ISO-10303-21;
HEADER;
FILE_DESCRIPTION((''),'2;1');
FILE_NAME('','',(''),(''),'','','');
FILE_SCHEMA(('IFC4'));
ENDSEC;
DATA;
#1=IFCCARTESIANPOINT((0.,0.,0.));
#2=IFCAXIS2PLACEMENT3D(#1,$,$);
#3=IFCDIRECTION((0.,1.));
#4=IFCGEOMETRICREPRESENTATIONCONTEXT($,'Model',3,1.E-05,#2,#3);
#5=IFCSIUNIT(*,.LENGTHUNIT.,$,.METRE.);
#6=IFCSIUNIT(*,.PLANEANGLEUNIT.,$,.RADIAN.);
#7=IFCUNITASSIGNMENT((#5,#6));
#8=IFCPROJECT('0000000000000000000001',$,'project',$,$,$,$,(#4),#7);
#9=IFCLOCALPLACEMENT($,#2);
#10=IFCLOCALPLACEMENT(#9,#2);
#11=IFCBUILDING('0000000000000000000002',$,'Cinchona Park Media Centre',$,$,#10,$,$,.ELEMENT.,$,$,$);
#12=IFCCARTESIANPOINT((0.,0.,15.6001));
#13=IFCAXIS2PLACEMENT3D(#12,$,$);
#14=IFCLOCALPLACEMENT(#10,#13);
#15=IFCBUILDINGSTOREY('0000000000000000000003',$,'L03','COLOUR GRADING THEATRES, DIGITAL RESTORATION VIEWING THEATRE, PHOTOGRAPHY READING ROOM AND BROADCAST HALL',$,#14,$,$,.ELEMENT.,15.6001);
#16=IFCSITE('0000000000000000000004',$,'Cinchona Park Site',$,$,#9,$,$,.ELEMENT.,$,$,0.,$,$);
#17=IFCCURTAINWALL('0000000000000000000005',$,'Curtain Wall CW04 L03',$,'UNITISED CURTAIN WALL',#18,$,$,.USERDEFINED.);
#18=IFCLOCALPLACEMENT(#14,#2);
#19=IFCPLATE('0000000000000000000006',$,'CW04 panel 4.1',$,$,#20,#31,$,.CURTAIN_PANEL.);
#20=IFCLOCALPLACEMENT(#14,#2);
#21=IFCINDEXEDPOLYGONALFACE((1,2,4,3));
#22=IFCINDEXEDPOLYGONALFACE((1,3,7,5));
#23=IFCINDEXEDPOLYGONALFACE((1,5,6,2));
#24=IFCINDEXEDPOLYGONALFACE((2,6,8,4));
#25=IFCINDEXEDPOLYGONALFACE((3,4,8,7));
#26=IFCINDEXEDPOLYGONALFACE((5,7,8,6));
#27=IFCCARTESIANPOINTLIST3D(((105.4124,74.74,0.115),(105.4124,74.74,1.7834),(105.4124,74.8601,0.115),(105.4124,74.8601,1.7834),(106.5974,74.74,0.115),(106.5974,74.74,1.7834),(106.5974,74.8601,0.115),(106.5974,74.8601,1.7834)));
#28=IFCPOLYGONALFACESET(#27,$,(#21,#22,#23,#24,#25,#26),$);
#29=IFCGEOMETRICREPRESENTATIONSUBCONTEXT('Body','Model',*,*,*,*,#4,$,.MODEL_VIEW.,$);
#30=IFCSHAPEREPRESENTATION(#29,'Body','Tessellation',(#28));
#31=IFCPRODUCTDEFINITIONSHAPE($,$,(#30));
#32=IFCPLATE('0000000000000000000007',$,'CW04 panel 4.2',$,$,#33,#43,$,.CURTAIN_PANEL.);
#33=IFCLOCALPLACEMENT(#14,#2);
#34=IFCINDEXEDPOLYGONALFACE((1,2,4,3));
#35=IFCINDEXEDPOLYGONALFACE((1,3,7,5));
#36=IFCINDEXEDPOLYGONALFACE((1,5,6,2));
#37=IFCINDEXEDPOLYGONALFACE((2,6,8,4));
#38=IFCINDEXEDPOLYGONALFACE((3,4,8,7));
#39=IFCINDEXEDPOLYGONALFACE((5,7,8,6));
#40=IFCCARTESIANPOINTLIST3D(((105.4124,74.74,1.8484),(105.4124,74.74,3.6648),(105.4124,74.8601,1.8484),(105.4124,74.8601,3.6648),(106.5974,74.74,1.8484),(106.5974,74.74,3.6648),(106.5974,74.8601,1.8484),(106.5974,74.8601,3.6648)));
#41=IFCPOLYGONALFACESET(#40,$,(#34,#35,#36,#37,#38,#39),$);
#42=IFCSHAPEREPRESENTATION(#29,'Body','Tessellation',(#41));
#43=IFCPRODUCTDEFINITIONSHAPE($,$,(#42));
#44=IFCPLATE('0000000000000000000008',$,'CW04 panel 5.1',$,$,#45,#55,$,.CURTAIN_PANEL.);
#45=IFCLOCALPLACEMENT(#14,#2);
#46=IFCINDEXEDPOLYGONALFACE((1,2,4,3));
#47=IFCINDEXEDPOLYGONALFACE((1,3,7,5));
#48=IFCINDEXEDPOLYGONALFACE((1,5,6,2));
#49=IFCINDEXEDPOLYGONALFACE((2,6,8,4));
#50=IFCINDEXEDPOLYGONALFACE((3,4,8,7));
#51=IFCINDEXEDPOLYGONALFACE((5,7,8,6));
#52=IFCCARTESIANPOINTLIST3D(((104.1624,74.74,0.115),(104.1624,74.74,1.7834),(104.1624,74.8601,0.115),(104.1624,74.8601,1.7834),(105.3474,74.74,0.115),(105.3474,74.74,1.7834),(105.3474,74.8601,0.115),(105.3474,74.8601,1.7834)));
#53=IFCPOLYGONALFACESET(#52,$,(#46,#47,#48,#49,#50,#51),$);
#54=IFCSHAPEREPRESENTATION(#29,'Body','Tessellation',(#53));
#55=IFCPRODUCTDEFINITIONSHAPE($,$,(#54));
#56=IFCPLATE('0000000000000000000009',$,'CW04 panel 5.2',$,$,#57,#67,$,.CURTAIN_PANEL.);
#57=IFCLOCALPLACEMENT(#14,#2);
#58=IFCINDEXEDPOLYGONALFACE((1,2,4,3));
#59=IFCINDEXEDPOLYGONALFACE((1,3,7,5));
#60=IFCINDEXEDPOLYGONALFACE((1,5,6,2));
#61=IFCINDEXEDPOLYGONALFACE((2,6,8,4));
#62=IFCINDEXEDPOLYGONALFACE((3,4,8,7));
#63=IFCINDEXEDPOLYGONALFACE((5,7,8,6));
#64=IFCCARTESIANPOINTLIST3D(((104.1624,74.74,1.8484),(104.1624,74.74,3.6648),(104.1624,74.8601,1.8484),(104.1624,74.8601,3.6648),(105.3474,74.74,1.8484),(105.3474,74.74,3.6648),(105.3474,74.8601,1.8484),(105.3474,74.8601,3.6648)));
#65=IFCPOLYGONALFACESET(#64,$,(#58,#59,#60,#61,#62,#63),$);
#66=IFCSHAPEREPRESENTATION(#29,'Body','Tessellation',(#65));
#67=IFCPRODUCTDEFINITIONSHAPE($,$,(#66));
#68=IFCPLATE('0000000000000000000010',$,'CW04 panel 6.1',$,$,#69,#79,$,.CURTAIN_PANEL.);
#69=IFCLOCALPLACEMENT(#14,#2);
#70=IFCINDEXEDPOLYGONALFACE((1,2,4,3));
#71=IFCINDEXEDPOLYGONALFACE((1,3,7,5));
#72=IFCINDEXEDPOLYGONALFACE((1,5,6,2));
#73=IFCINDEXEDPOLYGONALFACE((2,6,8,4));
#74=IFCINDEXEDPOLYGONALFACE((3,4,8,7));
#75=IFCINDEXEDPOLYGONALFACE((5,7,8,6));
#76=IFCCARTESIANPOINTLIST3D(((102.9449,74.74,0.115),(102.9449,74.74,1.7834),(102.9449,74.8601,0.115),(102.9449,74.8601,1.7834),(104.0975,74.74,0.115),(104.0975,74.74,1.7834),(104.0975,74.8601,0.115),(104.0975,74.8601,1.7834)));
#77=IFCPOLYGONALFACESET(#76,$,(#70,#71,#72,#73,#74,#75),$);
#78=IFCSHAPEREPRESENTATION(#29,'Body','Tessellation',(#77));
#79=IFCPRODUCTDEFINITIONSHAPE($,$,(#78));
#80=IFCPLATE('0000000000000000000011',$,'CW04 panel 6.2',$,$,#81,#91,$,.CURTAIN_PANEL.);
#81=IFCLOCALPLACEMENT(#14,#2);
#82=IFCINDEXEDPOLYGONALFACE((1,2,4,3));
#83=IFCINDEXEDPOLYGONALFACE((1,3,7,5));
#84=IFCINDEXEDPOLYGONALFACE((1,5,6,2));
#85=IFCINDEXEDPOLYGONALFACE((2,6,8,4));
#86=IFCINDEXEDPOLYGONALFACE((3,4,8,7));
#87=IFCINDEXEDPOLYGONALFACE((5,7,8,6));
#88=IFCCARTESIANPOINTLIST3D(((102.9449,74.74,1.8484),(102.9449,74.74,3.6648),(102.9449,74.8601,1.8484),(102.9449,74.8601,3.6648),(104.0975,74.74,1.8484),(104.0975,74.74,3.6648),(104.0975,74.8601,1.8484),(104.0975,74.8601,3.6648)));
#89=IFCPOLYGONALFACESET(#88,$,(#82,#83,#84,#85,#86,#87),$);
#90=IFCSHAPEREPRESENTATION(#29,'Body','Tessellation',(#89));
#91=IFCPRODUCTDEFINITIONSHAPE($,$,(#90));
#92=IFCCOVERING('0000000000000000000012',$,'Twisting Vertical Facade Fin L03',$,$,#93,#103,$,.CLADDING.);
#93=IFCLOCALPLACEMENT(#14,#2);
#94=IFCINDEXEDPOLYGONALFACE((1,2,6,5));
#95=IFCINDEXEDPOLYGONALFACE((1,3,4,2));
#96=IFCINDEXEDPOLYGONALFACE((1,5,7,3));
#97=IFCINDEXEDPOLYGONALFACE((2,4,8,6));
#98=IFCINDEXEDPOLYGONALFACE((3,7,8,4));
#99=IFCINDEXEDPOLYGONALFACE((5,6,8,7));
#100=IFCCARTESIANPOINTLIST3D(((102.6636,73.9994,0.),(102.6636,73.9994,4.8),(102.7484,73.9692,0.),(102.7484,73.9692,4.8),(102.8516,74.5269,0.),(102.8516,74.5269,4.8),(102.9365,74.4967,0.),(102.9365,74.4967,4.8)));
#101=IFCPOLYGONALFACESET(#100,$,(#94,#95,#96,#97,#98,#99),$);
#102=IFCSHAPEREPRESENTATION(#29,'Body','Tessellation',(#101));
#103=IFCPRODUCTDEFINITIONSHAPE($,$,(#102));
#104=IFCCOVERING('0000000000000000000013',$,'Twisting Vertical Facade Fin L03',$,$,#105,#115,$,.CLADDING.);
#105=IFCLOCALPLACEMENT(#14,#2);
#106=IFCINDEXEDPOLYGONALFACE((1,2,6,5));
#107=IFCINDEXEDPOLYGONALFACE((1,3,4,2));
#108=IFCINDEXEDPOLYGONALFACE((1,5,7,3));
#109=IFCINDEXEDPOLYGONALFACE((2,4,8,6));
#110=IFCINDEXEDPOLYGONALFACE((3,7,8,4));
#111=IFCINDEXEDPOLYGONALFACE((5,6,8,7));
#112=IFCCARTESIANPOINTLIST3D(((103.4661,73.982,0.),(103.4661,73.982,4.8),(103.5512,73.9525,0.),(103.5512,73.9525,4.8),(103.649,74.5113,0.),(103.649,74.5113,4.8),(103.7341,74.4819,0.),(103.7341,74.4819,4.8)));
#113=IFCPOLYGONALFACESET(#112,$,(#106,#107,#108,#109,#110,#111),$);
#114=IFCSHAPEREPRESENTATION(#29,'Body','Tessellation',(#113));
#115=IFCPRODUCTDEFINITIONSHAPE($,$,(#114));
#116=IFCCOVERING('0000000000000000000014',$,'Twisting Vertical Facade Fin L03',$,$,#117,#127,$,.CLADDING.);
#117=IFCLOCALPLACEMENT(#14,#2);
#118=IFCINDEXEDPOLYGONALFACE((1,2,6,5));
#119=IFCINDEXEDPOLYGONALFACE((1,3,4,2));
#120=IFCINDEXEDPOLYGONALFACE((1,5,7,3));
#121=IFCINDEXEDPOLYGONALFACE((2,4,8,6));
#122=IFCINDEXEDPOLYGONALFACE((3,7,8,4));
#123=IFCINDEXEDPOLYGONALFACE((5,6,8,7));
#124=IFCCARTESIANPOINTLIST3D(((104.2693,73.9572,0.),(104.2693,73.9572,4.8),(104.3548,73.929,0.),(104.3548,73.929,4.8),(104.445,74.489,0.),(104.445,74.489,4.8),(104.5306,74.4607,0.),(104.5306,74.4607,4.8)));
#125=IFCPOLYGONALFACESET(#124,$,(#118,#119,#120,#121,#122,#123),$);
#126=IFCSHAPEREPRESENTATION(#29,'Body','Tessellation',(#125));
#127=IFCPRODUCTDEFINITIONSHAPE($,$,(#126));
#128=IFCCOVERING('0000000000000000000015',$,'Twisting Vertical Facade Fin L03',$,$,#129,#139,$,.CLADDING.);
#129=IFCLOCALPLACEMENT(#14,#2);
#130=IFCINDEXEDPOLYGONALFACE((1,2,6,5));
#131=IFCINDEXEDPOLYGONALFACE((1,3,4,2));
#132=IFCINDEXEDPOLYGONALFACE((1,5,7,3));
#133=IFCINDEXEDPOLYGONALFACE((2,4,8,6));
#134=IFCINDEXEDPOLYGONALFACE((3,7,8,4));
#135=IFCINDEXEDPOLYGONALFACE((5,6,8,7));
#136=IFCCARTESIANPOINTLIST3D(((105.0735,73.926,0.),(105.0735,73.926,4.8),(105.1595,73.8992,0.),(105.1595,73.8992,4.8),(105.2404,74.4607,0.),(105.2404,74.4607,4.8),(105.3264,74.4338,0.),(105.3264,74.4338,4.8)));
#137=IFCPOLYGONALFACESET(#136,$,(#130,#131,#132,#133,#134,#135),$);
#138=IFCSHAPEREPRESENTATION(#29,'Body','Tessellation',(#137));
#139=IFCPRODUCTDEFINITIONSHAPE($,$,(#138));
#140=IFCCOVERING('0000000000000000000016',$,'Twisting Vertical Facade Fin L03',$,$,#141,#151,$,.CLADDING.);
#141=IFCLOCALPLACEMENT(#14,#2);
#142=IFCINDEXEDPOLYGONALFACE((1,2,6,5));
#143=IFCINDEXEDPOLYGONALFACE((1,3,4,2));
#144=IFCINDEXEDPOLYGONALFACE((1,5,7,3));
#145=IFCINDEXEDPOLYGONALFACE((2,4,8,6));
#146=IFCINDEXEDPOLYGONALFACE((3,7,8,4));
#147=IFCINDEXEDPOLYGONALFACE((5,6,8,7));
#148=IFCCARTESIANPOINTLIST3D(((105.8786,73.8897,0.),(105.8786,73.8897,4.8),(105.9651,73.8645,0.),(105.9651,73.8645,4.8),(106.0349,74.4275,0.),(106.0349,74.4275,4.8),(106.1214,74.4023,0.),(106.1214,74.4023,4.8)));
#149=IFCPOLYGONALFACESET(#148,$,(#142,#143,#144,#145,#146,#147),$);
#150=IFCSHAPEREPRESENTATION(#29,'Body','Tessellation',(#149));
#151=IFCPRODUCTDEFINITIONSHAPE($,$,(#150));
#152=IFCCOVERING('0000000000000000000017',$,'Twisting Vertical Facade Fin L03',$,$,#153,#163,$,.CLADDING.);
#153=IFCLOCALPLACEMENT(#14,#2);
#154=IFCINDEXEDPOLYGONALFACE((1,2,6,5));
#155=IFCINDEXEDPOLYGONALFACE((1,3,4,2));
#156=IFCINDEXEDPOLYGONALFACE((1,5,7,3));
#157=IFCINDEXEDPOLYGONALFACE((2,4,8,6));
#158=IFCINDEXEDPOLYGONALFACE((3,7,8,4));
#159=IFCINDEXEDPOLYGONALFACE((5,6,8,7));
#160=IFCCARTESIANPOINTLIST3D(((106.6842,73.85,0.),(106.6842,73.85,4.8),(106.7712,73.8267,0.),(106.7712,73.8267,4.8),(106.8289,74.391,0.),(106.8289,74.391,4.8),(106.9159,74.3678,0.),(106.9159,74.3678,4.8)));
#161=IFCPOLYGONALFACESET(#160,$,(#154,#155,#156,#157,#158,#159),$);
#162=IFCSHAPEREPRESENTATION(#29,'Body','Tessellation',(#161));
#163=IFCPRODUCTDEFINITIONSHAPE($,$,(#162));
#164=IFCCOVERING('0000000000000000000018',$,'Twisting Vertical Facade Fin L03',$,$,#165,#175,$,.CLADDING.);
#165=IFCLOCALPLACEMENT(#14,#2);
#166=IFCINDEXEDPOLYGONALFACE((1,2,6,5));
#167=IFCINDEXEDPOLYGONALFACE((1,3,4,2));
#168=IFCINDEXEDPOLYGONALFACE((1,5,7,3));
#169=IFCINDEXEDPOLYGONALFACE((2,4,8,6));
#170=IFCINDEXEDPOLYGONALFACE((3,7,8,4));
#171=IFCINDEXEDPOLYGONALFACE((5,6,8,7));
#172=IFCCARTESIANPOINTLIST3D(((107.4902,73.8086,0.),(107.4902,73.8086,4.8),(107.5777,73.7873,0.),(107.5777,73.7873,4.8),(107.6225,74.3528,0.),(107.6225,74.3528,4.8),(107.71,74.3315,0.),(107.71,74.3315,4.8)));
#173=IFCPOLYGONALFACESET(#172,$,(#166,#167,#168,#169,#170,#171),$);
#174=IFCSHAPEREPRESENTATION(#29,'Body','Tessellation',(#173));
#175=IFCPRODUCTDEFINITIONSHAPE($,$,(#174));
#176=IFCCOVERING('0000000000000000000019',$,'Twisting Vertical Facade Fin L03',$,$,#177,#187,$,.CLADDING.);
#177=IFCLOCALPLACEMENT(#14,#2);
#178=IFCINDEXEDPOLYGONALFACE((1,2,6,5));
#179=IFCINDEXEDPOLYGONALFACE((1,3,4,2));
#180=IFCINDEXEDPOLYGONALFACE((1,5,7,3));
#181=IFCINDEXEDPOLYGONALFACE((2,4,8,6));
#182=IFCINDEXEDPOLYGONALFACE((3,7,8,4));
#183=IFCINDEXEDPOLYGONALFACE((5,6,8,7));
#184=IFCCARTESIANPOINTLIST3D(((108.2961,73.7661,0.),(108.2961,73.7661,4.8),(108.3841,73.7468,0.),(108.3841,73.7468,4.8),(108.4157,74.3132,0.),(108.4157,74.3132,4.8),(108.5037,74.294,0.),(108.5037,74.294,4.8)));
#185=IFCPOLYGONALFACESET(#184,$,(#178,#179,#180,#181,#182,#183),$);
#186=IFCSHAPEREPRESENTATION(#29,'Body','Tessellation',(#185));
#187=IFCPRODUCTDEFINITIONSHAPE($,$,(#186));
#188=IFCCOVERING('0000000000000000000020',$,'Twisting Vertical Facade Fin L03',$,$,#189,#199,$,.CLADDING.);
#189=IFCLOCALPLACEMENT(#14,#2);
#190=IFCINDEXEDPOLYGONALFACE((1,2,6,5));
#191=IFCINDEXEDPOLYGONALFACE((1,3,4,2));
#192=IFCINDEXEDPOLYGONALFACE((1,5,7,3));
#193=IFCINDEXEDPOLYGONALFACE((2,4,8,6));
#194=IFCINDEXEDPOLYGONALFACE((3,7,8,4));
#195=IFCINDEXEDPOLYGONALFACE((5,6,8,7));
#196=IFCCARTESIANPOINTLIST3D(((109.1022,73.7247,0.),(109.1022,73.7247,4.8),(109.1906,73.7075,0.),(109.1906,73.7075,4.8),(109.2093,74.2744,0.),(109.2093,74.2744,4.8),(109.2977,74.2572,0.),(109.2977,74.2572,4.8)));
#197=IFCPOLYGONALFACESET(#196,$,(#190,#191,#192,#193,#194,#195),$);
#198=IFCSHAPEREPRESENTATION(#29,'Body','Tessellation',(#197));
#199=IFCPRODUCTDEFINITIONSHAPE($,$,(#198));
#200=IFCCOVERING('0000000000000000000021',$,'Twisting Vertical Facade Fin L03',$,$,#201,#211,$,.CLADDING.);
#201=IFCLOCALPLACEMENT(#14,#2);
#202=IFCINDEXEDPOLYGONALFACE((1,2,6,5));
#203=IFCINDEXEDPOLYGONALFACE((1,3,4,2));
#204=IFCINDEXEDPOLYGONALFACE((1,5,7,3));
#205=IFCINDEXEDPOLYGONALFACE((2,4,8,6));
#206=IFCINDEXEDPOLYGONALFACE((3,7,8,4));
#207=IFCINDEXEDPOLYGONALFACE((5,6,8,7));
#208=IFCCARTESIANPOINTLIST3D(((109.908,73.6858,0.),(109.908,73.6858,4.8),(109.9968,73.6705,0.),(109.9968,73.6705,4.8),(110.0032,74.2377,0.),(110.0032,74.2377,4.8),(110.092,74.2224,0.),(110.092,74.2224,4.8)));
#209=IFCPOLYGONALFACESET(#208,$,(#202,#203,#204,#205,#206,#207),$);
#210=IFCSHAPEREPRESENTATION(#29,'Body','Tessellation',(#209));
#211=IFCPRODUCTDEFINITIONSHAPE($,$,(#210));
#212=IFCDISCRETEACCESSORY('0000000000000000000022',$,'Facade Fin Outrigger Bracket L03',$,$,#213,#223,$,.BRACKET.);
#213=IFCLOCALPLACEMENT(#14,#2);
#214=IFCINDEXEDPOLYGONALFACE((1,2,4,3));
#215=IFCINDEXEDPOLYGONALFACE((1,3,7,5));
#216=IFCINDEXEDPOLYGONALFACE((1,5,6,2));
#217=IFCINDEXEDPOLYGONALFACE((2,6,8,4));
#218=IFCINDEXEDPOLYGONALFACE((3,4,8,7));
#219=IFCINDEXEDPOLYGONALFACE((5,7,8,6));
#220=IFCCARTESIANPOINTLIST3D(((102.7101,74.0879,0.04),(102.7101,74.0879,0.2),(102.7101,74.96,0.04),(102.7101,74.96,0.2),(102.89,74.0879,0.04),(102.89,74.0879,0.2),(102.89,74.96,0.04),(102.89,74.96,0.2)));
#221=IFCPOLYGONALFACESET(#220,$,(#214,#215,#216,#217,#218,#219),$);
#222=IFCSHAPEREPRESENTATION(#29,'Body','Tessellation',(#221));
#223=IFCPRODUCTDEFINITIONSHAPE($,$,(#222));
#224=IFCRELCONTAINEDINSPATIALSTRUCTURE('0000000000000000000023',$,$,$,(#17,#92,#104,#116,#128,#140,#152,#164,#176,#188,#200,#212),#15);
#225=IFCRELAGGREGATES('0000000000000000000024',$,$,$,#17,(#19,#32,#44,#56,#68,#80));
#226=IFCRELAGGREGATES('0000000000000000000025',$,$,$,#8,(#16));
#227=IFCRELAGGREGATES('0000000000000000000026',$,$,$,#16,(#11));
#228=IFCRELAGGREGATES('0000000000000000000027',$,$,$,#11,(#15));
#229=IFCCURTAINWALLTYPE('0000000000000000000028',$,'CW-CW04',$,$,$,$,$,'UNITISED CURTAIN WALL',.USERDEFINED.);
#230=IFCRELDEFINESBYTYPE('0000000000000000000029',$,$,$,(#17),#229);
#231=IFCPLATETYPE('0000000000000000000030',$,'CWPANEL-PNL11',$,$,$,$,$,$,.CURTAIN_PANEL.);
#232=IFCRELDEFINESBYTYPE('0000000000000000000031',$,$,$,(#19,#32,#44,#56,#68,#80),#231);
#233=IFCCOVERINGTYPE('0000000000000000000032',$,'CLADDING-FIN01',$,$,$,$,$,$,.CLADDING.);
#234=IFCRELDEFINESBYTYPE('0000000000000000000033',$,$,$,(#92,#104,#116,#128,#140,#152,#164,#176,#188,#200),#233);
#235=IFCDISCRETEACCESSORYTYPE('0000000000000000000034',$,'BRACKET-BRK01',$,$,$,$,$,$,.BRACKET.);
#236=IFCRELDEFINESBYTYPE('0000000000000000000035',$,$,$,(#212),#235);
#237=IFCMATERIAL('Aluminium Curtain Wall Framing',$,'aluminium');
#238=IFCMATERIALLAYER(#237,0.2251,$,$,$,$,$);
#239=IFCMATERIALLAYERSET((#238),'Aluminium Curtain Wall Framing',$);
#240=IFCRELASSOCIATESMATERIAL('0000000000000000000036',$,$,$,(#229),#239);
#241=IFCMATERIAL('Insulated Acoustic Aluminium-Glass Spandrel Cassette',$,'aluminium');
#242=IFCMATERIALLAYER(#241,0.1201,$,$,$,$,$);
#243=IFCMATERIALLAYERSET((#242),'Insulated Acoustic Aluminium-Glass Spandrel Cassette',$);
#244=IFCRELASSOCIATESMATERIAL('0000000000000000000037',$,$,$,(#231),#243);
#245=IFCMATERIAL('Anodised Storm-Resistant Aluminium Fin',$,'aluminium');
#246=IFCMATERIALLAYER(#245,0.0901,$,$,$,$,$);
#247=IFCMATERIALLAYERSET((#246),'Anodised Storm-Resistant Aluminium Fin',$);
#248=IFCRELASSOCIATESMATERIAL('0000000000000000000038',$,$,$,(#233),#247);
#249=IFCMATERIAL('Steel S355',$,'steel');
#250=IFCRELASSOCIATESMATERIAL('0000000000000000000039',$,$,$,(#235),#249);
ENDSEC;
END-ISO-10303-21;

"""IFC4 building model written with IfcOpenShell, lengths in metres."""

from ifc_helpers import new_model, si_unit, direction, frame, origin, origin_2d, place, context, subcontext, project, spatial, rectangle, extrude, material, layer, layer_set, type_object, element, aggregate, save


model = new_model("IFC4")

# Units and contexts
model_context = context("Model", 3, precision=1e-05, world=origin(), true_north=direction((0.0, 1.0)))
body_context = subcontext(model_context, "Body", "Model", "MODEL_VIEW")
ifc_project = project(units=[si_unit("LENGTHUNIT", "METRE"), si_unit("PLANEANGLEUNIT", "RADIAN")], contexts=[model_context])

# Site, building, storey
site_placement = place(None, origin())
site = spatial("IfcSite", under=ifc_project, at=site_placement, Name="Cinchona Park Site", CompositionType="ELEMENT", RefElevation=0.0)
building_placement = place(site_placement, origin())
building = spatial("IfcBuilding", under=site, at=building_placement, Name="Cinchona Park Media Centre", CompositionType="ELEMENT")
storey_placement = place(building_placement, frame((0.0, 0.0, 15.6001)))
storey = spatial("IfcBuildingStorey", under=building, at=storey_placement, Name="L03", Description="COLOUR GRADING THEATRES, DIGITAL RESTORATION VIEWING THEATRE, PHOTOGRAPHY READING ROOM AND BROADCAST HALL", CompositionType="ELEMENT", Elevation=15.6001)

# Curtain wall
ifc_material_1 = material(Name="Aluminium Curtain Wall Framing", Category="aluminium")
ifc_layer_1 = layer(ifc_material_1, 0.2251)
ifc_layer_set_1 = layer_set([ifc_layer_1], Name="Aluminium Curtain Wall Framing")
curtain_wall_type_1 = type_object("IfcCurtainWallType", Name="CW-CW04", ElementType="UNITISED CURTAIN WALL", PredefinedType="USERDEFINED", material=ifc_layer_set_1)
curtain_wall_1_placement = place(storey_placement, origin())
curtain_wall_1 = element("IfcCurtainWall", 1, at=curtain_wall_1_placement, inside=storey, type_object=curtain_wall_type_1, Name="Curtain Wall CW04 L03", ObjectType="UNITISED CURTAIN WALL", PredefinedType="USERDEFINED")

# Plates
ifc_material_2 = material(Name="Insulated Acoustic Aluminium-Glass Spandrel Cassette", Category="aluminium")
ifc_layer_2 = layer(ifc_material_2, 0.1201)
ifc_layer_set_2 = layer_set([ifc_layer_2], Name="Insulated Acoustic Aluminium-Glass Spandrel Cassette")
plate_type = type_object("IfcPlateType", Name="CWPANEL-PNL11", PredefinedType="CURTAIN_PANEL", material=ifc_layer_set_2)
plate_1_placement = place(storey_placement, frame((106.0049, 74.8, 0.115), z_axis=(0.0, 0.0, 1.0), x_axis=(-1.0, 0.0, 0.0)))
plate_1 = element("IfcPlate", 2, at=plate_1_placement, type_object=plate_type, Name="CW04 panel 4.1", PredefinedType="CURTAIN_PANEL", context=body_context, shape_type="SweptSolid", body=[
    extrude(rectangle(XDim=1.1851, YDim=0.1201, at=origin_2d()), origin(), (0.0, 0.0, 1.0), 1.6685),
])
plate_2_placement = place(storey_placement, frame((106.0049, 74.8, 1.8484), z_axis=(0.0, 0.0, 1.0), x_axis=(-1.0, 0.0, 0.0)))
plate_2 = element("IfcPlate", 3, at=plate_2_placement, type_object=plate_type, Name="CW04 panel 4.2", PredefinedType="CURTAIN_PANEL", context=body_context, shape_type="SweptSolid", body=[
    extrude(rectangle(XDim=1.1851, YDim=0.1201, at=origin_2d()), origin(), (0.0, 0.0, 1.0), 1.8164),
])
plate_3_placement = place(storey_placement, frame((104.7549, 74.8, 0.115), z_axis=(0.0, 0.0, 1.0), x_axis=(-1.0, 0.0, 0.0)))
plate_3 = element("IfcPlate", 4, at=plate_3_placement, type_object=plate_type, Name="CW04 panel 5.1", PredefinedType="CURTAIN_PANEL", context=body_context, shape_type="SweptSolid", body=[
    extrude(rectangle(XDim=1.1851, YDim=0.1201, at=origin_2d()), origin(), (0.0, 0.0, 1.0), 1.6685),
])
plate_4_placement = place(storey_placement, frame((104.7549, 74.8, 1.8484), z_axis=(0.0, 0.0, 1.0), x_axis=(-1.0, 0.0, 0.0)))
plate_4 = element("IfcPlate", 5, at=plate_4_placement, type_object=plate_type, Name="CW04 panel 5.2", PredefinedType="CURTAIN_PANEL", context=body_context, shape_type="SweptSolid", body=[
    extrude(rectangle(XDim=1.1851, YDim=0.1201, at=origin_2d()), origin(), (0.0, 0.0, 1.0), 1.8164),
])
plate_5_placement = place(storey_placement, frame((103.5212, 74.8, 0.115), z_axis=(0.0, 0.0, 1.0), x_axis=(-1.0, 0.0, 0.0)))
plate_5 = element("IfcPlate", 6, at=plate_5_placement, type_object=plate_type, Name="CW04 panel 6.1", PredefinedType="CURTAIN_PANEL", context=body_context, shape_type="SweptSolid", body=[
    extrude(rectangle(XDim=1.1526, YDim=0.1201, at=origin_2d()), origin(), (0.0, 0.0, 1.0), 1.6685),
])
plate_6_placement = place(storey_placement, frame((103.5212, 74.8, 1.8484), z_axis=(0.0, 0.0, 1.0), x_axis=(-1.0, 0.0, 0.0)))
plate_6 = element("IfcPlate", 7, at=plate_6_placement, type_object=plate_type, Name="CW04 panel 6.2", PredefinedType="CURTAIN_PANEL", context=body_context, shape_type="SweptSolid", body=[
    extrude(rectangle(XDim=1.1526, YDim=0.1201, at=origin_2d()), origin(), (0.0, 0.0, 1.0), 1.8164),
])
aggregate(curtain_wall_1, [plate_1, plate_2, plate_3, plate_4, plate_5, plate_6])

# Coverings
ifc_material_3 = material(Name="Anodised Storm-Resistant Aluminium Fin", Category="aluminium")
ifc_layer_3 = layer(ifc_material_3, 0.0901)
ifc_layer_set_3 = layer_set([ifc_layer_3], Name="Anodised Storm-Resistant Aluminium Fin")
covering_type = type_object("IfcCoveringType", Name="CLADDING-FIN01", PredefinedType="CLADDING", material=ifc_layer_set_3)
for number, where, z_axis, x_axis, name in (
    (8, (102.8, 74.248, 0.0), (0.0, 0.0, 1.0), (0.33578, 0.94194, 0.0), "Twisting Vertical Facade Fin L03"),
    (9, (103.6001, 74.2319, 0.0), (0.0, 0.0, 1.0), (0.326558, 0.945177, 0.0), "Twisting Vertical Facade Fin L03"),
    (10, (104.3999, 74.209, 0.0), (0.0, 0.0, 1.0), (0.313827, 0.94948, 0.0), "Twisting Vertical Facade Fin L03"),
    (11, (105.2, 74.1799, 0.0), (0.0, 0.0, 1.0), (0.297875, 0.954605, 0.0), "Twisting Vertical Facade Fin L03"),
    (12, (106.0, 74.146, 0.0), (0.0, 0.0, 1.0), (0.279159, 0.960245, 0.0), "Twisting Vertical Facade Fin L03"),
    (13, (106.8, 74.1089, 0.0), (0.0, 0.0, 1.0), (0.258313, 0.966061, 0.0), "Twisting Vertical Facade Fin L03"),
    (14, (107.6001, 74.0701, 0.0), (0.0, 0.0, 1.0), (0.236329, 0.971673, 0.0), "Twisting Vertical Facade Fin L03"),
    (15, (108.3999, 74.03, 0.0), (0.0, 0.0, 1.0), (0.213542, 0.976934, 0.0), "Twisting Vertical Facade Fin L03"),
    (16, (109.2, 73.991, 0.0), (0.0, 0.0, 1.0), (0.191323, 0.981527, 0.0), "Twisting Vertical Facade Fin L03"),
    (17, (110.0, 73.9541, 0.0), (0.0, 0.0, 1.0), (0.170038, 0.985438, 0.0), "Twisting Vertical Facade Fin L03"),
):
    element("IfcCovering", number, at=place(storey_placement, frame(where, z_axis=z_axis, x_axis=x_axis)), inside=storey, type_object=covering_type, Name=name, PredefinedType="CLADDING", context=body_context, shape_type="SweptSolid", body=[
        extrude(rectangle(XDim=0.5601, YDim=0.0901, at=origin_2d()), origin(), (0.0, 0.0, 1.0), 4.8),
    ])

# Discrete accessory
ifc_material_4 = material(Name="Steel S355", Category="steel")
discrete_accessory_type = type_object("IfcDiscreteAccessoryType", Name="BRACKET-BRK01", PredefinedType="BRACKET", material=ifc_material_4)
discrete_accessory_1_placement = place(storey_placement, frame((102.8, 74.5239, 0.04), z_axis=(0.0, 0.0, 1.0), x_axis=(1.0, 0.0, 0.0)))
element("IfcDiscreteAccessory", 18, at=discrete_accessory_1_placement, inside=storey, type_object=discrete_accessory_type, Name="Facade Fin Outrigger Bracket L03", PredefinedType="BRACKET", context=body_context, shape_type="SweptSolid", body=[
    extrude(rectangle(XDim=0.1799, YDim=0.8721, at=origin_2d()), origin(), (0.0, 0.0, 1.0), 0.1599),
])

save(model, "model.ifc")
